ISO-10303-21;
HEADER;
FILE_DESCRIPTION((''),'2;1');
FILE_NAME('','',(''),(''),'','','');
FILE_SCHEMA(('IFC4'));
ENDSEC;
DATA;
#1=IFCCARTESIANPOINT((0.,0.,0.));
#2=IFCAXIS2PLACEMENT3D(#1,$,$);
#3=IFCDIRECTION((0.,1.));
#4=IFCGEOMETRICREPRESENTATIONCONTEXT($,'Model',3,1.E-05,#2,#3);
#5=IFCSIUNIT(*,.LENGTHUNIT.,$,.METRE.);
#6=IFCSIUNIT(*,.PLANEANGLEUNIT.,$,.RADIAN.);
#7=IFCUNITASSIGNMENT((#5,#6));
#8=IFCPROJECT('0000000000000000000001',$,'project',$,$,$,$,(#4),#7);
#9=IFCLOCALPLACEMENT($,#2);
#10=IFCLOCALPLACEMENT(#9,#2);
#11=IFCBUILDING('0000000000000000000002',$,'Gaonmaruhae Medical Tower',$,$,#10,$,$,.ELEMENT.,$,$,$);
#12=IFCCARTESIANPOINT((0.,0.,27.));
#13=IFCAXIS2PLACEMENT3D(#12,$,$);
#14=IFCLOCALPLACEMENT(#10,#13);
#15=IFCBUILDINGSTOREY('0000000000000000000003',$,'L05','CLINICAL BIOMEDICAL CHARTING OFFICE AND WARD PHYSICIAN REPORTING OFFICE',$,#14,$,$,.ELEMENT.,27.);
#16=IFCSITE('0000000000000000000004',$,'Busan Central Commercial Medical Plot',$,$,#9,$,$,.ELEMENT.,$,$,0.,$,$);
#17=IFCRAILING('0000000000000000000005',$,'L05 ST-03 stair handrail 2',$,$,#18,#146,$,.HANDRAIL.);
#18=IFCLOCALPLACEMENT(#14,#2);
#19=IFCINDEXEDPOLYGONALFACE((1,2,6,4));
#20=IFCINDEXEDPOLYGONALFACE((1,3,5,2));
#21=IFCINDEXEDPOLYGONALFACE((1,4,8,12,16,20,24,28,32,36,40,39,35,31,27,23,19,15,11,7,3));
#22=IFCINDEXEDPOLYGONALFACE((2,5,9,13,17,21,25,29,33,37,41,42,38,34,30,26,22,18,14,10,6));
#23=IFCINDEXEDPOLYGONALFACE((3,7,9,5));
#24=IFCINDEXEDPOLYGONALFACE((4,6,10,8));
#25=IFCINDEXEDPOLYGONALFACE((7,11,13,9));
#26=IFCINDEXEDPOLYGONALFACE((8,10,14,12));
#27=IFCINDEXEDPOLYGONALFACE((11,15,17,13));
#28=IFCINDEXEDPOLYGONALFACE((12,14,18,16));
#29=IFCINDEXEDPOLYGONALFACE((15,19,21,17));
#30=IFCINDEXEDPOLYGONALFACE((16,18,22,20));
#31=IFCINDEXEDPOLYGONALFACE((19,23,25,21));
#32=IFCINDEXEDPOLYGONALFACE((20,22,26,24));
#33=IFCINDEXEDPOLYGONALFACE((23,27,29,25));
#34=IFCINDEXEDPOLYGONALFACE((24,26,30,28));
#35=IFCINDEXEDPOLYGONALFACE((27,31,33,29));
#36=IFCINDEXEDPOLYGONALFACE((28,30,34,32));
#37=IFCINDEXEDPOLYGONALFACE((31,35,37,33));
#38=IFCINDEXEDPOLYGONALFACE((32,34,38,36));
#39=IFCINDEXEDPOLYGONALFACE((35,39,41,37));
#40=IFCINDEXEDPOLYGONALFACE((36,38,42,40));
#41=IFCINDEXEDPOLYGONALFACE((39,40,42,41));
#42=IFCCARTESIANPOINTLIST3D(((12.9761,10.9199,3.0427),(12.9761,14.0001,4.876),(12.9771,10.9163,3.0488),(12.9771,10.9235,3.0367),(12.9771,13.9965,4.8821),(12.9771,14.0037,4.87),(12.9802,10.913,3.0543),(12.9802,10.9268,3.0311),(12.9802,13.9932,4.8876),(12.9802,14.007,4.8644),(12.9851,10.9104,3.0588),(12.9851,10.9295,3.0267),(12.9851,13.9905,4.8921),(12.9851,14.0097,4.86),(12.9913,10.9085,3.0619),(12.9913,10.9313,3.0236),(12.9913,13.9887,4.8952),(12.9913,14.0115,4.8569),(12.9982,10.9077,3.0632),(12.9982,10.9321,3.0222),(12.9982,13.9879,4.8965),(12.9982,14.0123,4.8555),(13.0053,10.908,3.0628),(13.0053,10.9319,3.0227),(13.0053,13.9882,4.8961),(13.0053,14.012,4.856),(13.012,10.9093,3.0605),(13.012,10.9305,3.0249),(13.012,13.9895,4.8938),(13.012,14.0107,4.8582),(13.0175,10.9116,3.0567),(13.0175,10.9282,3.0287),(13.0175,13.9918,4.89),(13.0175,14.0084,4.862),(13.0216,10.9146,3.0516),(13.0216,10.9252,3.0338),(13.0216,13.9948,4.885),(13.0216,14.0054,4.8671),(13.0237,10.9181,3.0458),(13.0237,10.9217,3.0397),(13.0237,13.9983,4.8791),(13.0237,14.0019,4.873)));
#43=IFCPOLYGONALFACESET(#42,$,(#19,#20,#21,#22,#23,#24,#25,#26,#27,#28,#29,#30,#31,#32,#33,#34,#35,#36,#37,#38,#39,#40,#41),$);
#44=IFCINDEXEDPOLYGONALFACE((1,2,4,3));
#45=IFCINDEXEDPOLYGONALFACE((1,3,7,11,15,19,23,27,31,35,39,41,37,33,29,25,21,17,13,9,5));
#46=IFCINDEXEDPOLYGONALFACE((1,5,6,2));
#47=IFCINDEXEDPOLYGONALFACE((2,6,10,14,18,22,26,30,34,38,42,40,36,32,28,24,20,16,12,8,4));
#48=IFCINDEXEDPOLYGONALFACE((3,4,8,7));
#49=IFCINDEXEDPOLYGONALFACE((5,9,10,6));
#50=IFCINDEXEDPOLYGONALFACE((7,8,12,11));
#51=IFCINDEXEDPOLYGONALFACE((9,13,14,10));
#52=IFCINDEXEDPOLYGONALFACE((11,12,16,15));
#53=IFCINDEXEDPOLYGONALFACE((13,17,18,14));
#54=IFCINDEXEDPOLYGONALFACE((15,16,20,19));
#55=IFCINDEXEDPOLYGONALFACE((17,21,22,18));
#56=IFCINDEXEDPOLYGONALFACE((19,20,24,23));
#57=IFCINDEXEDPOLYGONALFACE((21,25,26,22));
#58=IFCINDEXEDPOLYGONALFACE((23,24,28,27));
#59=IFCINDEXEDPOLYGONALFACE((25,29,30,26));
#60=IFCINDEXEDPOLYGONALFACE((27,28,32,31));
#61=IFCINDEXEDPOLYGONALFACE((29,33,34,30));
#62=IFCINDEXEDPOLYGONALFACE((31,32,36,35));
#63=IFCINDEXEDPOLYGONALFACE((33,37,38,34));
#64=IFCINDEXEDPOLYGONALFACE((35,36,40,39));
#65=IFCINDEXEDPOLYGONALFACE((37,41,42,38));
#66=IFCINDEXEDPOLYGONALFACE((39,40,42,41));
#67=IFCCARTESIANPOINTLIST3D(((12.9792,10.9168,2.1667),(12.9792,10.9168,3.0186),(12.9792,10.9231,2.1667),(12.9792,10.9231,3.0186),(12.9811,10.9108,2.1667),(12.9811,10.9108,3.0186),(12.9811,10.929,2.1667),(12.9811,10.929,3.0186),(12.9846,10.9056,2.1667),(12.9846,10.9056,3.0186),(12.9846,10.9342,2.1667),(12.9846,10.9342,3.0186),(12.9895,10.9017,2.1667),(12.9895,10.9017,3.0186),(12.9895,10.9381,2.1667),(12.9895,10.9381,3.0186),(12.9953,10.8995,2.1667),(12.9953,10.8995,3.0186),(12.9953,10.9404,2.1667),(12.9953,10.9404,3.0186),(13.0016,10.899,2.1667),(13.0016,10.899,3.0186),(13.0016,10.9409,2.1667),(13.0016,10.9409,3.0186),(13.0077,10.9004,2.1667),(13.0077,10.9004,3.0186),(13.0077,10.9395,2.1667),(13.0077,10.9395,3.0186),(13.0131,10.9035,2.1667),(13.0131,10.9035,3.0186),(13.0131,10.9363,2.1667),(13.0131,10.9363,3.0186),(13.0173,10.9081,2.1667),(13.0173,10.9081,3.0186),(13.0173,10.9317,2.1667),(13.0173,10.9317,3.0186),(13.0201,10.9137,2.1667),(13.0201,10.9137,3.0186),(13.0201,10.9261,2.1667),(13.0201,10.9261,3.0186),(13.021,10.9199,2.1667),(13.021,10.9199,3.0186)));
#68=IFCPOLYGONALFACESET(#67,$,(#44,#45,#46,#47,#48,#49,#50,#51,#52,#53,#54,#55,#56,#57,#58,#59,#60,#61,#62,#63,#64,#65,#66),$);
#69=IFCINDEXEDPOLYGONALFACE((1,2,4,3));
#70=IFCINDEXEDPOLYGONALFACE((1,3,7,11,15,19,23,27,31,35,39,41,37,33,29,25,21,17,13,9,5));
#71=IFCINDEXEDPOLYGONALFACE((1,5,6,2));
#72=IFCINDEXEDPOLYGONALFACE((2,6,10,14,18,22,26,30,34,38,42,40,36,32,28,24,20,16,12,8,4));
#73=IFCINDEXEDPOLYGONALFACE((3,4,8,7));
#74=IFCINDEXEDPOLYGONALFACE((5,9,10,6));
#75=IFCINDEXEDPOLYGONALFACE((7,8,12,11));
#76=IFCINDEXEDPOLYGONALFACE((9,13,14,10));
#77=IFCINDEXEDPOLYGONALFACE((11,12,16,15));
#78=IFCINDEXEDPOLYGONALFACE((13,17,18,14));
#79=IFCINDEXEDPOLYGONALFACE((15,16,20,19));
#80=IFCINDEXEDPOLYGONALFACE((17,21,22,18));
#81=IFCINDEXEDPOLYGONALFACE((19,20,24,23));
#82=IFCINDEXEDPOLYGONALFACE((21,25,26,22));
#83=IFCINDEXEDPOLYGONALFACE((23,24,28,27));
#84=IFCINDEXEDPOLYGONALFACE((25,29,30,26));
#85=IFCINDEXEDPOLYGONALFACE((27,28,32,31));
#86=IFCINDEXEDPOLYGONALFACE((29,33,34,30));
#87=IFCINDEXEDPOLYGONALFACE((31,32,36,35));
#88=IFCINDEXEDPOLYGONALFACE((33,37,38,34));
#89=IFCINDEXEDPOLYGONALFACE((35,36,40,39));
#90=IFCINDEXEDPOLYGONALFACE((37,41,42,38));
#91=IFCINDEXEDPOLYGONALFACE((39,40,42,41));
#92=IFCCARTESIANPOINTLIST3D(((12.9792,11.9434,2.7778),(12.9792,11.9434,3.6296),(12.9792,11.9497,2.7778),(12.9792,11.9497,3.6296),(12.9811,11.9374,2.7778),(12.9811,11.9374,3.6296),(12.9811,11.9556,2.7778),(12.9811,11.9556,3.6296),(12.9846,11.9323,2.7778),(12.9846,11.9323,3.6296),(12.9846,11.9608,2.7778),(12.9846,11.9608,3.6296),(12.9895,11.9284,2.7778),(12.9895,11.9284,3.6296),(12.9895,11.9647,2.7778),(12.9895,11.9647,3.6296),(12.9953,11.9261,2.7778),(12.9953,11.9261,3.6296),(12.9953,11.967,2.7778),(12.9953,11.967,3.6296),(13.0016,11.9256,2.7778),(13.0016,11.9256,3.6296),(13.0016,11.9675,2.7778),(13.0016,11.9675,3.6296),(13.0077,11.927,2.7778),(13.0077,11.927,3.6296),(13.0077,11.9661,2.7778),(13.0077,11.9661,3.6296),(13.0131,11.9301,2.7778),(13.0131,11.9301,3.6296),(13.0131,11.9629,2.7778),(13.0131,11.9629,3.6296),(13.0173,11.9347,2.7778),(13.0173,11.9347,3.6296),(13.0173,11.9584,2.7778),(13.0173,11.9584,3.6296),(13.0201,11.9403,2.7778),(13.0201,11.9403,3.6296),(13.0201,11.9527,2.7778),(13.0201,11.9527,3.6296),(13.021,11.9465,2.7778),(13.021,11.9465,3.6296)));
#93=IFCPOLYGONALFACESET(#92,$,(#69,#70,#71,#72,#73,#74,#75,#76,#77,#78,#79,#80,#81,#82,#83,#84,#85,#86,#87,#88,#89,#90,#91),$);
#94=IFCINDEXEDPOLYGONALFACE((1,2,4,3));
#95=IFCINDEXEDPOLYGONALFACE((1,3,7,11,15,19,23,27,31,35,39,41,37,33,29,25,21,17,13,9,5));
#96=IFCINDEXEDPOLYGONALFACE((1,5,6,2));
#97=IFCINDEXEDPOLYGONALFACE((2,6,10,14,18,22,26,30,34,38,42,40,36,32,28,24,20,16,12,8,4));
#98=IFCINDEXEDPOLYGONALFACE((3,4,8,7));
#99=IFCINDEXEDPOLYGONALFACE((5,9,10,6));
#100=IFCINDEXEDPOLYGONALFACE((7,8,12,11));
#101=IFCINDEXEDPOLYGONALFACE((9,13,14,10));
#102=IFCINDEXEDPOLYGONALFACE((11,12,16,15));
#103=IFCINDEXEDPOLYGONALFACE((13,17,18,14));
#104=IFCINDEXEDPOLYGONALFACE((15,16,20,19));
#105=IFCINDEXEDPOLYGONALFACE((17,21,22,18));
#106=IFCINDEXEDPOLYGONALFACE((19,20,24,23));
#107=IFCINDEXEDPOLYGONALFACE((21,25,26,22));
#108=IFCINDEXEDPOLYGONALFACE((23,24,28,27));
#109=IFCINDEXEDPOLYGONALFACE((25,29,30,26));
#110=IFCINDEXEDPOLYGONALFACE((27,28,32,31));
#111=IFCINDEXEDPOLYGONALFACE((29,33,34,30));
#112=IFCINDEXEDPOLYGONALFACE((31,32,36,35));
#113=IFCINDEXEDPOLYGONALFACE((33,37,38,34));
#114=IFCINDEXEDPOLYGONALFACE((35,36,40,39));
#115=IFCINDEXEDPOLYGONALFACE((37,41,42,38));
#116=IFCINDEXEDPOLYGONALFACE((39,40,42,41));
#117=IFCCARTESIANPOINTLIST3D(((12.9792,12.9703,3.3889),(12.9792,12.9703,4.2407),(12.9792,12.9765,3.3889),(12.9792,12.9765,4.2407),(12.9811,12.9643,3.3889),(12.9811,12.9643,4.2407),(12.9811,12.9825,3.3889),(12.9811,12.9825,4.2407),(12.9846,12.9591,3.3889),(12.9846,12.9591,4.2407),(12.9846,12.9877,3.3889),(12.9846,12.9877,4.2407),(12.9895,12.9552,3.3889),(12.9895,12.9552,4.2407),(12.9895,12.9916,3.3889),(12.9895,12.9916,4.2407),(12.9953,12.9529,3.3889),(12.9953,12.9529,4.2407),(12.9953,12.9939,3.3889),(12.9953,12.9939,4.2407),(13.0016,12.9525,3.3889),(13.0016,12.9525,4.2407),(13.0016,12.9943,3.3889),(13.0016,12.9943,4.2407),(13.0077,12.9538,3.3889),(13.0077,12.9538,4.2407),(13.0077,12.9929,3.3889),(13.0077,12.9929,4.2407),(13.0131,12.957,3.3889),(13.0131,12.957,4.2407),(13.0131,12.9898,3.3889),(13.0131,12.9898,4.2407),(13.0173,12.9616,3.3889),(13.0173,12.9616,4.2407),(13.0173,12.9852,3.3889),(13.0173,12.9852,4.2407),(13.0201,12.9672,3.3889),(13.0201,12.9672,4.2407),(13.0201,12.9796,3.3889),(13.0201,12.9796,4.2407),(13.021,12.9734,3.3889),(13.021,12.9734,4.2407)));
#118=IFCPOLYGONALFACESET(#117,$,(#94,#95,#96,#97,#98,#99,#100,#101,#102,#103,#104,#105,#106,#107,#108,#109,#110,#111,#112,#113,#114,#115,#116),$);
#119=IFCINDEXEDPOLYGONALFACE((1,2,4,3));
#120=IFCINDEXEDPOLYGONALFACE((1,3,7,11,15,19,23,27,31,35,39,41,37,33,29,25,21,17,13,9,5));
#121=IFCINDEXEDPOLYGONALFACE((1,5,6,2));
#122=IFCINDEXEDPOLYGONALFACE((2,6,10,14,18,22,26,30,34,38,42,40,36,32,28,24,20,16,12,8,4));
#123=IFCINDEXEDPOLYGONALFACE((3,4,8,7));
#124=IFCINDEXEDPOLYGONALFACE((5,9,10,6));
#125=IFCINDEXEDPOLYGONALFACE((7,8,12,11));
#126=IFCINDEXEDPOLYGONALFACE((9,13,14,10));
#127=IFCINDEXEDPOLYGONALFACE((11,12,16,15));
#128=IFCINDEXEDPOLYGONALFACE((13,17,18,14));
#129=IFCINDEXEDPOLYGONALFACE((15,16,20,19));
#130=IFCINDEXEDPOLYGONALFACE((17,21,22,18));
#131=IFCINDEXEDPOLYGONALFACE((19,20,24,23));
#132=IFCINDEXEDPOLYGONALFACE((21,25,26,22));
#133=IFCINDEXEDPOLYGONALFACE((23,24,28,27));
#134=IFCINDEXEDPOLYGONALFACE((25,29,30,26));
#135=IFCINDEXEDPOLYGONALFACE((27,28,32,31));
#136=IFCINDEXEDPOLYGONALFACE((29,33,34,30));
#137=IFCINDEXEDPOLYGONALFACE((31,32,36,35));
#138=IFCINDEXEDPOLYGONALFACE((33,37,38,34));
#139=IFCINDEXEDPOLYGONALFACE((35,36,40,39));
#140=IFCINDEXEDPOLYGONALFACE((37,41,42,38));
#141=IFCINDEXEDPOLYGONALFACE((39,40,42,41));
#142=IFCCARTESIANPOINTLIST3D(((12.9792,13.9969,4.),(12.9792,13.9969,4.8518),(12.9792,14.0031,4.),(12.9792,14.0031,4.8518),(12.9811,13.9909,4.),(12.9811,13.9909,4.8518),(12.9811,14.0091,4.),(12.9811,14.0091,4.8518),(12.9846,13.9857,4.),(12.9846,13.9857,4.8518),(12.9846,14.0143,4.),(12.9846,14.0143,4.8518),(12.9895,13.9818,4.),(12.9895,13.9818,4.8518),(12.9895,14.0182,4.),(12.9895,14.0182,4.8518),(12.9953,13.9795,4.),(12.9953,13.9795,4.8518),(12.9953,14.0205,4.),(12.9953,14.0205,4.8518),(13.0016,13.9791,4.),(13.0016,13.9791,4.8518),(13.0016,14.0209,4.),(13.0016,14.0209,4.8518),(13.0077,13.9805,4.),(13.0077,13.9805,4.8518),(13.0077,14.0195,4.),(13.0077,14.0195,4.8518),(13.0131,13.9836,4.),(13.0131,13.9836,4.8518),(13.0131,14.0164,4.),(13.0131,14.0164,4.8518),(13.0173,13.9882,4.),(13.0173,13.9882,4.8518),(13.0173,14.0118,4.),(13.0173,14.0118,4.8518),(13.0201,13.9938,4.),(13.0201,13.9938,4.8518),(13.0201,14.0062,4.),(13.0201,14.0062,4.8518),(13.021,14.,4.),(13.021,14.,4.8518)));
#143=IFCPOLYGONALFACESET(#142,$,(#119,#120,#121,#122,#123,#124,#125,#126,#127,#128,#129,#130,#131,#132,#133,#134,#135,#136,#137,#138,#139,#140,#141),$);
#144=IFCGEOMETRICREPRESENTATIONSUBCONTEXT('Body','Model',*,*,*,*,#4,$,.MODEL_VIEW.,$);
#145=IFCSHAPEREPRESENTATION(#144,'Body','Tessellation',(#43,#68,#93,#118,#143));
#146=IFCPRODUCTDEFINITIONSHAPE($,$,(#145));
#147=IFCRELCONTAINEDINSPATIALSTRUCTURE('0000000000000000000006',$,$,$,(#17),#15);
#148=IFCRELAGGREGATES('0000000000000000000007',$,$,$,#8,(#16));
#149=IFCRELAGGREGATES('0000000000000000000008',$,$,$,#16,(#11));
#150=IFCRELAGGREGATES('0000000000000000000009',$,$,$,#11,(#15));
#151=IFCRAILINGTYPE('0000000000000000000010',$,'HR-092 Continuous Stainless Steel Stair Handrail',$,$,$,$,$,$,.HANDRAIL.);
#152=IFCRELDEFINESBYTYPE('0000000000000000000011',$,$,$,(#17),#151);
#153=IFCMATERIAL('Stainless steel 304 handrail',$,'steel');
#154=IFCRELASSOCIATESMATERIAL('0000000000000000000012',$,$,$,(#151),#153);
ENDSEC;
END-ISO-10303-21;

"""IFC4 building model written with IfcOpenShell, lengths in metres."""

from ifc_helpers import new_model, si_unit, direction, frame, origin, origin_2d, place, context, subcontext, project, spatial, circle, extrude, material, type_object, element, save


model = new_model("IFC4")

# Units and contexts
model_context = context("Model", 3, precision=1e-05, world=origin(), true_north=direction((0.0, 1.0)))
body_context = subcontext(model_context, "Body", "Model", "MODEL_VIEW")
ifc_project = project(units=[si_unit("LENGTHUNIT", "METRE"), si_unit("PLANEANGLEUNIT", "RADIAN")], contexts=[model_context])

# Site, building, storey
site_placement = place(None, origin())
site = spatial("IfcSite", under=ifc_project, at=site_placement, Name="Busan Central Commercial Medical Plot", CompositionType="ELEMENT", RefElevation=0.0)
building_placement = place(site_placement, origin())
building = spatial("IfcBuilding", under=site, at=building_placement, Name="Gaonmaruhae Medical Tower", CompositionType="ELEMENT")
storey_placement = place(building_placement, frame((0.0, 0.0, 27.0)))
storey = spatial("IfcBuildingStorey", under=building, at=storey_placement, Name="L05", Description="CLINICAL BIOMEDICAL CHARTING OFFICE AND WARD PHYSICIAN REPORTING OFFICE", CompositionType="ELEMENT", Elevation=27.0)

# Railing
ifc_material_1 = material(Name="Stainless steel 304 handrail", Category="steel")
railing_type_1 = type_object("IfcRailingType", Name="HR-092 Continuous Stainless Steel Stair Handrail", PredefinedType="HANDRAIL", material=ifc_material_1)
railing_1_placement = place(storey_placement, frame((13.0, 10.9199, 2.1667)))
element("IfcRailing", 1, at=railing_1_placement, inside=storey, type_object=railing_type_1, Name="L05 ST-03 stair handrail 2", PredefinedType="HANDRAIL", context=body_context, shape_type="SweptSolid", body=[
    extrude(circle(Radius=0.0239, at=origin_2d()), frame((0.0, 0.0, 0.876), z_axis=(0.0, 0.859309, 0.511458), x_axis=(-1.0, 0.0, 0.0)), (0.0, 0.0, 1.0), 3.5845),
    extrude(circle(Radius=0.021, at=origin_2d()), origin(), (0.0, 0.0, 1.0), 0.8518),
    extrude(circle(Radius=0.021, at=origin_2d()), frame((0.0, 1.0266, 0.6111)), (0.0, 0.0, 1.0), 0.8518),
    extrude(circle(Radius=0.021, at=origin_2d()), frame((0.0, 2.0535, 1.2222)), (0.0, 0.0, 1.0), 0.8518),
    extrude(circle(Radius=0.021, at=origin_2d()), frame((0.0, 3.0801, 1.8333)), (0.0, 0.0, 1.0), 0.8518),
])

save(model, "model.ifc")
